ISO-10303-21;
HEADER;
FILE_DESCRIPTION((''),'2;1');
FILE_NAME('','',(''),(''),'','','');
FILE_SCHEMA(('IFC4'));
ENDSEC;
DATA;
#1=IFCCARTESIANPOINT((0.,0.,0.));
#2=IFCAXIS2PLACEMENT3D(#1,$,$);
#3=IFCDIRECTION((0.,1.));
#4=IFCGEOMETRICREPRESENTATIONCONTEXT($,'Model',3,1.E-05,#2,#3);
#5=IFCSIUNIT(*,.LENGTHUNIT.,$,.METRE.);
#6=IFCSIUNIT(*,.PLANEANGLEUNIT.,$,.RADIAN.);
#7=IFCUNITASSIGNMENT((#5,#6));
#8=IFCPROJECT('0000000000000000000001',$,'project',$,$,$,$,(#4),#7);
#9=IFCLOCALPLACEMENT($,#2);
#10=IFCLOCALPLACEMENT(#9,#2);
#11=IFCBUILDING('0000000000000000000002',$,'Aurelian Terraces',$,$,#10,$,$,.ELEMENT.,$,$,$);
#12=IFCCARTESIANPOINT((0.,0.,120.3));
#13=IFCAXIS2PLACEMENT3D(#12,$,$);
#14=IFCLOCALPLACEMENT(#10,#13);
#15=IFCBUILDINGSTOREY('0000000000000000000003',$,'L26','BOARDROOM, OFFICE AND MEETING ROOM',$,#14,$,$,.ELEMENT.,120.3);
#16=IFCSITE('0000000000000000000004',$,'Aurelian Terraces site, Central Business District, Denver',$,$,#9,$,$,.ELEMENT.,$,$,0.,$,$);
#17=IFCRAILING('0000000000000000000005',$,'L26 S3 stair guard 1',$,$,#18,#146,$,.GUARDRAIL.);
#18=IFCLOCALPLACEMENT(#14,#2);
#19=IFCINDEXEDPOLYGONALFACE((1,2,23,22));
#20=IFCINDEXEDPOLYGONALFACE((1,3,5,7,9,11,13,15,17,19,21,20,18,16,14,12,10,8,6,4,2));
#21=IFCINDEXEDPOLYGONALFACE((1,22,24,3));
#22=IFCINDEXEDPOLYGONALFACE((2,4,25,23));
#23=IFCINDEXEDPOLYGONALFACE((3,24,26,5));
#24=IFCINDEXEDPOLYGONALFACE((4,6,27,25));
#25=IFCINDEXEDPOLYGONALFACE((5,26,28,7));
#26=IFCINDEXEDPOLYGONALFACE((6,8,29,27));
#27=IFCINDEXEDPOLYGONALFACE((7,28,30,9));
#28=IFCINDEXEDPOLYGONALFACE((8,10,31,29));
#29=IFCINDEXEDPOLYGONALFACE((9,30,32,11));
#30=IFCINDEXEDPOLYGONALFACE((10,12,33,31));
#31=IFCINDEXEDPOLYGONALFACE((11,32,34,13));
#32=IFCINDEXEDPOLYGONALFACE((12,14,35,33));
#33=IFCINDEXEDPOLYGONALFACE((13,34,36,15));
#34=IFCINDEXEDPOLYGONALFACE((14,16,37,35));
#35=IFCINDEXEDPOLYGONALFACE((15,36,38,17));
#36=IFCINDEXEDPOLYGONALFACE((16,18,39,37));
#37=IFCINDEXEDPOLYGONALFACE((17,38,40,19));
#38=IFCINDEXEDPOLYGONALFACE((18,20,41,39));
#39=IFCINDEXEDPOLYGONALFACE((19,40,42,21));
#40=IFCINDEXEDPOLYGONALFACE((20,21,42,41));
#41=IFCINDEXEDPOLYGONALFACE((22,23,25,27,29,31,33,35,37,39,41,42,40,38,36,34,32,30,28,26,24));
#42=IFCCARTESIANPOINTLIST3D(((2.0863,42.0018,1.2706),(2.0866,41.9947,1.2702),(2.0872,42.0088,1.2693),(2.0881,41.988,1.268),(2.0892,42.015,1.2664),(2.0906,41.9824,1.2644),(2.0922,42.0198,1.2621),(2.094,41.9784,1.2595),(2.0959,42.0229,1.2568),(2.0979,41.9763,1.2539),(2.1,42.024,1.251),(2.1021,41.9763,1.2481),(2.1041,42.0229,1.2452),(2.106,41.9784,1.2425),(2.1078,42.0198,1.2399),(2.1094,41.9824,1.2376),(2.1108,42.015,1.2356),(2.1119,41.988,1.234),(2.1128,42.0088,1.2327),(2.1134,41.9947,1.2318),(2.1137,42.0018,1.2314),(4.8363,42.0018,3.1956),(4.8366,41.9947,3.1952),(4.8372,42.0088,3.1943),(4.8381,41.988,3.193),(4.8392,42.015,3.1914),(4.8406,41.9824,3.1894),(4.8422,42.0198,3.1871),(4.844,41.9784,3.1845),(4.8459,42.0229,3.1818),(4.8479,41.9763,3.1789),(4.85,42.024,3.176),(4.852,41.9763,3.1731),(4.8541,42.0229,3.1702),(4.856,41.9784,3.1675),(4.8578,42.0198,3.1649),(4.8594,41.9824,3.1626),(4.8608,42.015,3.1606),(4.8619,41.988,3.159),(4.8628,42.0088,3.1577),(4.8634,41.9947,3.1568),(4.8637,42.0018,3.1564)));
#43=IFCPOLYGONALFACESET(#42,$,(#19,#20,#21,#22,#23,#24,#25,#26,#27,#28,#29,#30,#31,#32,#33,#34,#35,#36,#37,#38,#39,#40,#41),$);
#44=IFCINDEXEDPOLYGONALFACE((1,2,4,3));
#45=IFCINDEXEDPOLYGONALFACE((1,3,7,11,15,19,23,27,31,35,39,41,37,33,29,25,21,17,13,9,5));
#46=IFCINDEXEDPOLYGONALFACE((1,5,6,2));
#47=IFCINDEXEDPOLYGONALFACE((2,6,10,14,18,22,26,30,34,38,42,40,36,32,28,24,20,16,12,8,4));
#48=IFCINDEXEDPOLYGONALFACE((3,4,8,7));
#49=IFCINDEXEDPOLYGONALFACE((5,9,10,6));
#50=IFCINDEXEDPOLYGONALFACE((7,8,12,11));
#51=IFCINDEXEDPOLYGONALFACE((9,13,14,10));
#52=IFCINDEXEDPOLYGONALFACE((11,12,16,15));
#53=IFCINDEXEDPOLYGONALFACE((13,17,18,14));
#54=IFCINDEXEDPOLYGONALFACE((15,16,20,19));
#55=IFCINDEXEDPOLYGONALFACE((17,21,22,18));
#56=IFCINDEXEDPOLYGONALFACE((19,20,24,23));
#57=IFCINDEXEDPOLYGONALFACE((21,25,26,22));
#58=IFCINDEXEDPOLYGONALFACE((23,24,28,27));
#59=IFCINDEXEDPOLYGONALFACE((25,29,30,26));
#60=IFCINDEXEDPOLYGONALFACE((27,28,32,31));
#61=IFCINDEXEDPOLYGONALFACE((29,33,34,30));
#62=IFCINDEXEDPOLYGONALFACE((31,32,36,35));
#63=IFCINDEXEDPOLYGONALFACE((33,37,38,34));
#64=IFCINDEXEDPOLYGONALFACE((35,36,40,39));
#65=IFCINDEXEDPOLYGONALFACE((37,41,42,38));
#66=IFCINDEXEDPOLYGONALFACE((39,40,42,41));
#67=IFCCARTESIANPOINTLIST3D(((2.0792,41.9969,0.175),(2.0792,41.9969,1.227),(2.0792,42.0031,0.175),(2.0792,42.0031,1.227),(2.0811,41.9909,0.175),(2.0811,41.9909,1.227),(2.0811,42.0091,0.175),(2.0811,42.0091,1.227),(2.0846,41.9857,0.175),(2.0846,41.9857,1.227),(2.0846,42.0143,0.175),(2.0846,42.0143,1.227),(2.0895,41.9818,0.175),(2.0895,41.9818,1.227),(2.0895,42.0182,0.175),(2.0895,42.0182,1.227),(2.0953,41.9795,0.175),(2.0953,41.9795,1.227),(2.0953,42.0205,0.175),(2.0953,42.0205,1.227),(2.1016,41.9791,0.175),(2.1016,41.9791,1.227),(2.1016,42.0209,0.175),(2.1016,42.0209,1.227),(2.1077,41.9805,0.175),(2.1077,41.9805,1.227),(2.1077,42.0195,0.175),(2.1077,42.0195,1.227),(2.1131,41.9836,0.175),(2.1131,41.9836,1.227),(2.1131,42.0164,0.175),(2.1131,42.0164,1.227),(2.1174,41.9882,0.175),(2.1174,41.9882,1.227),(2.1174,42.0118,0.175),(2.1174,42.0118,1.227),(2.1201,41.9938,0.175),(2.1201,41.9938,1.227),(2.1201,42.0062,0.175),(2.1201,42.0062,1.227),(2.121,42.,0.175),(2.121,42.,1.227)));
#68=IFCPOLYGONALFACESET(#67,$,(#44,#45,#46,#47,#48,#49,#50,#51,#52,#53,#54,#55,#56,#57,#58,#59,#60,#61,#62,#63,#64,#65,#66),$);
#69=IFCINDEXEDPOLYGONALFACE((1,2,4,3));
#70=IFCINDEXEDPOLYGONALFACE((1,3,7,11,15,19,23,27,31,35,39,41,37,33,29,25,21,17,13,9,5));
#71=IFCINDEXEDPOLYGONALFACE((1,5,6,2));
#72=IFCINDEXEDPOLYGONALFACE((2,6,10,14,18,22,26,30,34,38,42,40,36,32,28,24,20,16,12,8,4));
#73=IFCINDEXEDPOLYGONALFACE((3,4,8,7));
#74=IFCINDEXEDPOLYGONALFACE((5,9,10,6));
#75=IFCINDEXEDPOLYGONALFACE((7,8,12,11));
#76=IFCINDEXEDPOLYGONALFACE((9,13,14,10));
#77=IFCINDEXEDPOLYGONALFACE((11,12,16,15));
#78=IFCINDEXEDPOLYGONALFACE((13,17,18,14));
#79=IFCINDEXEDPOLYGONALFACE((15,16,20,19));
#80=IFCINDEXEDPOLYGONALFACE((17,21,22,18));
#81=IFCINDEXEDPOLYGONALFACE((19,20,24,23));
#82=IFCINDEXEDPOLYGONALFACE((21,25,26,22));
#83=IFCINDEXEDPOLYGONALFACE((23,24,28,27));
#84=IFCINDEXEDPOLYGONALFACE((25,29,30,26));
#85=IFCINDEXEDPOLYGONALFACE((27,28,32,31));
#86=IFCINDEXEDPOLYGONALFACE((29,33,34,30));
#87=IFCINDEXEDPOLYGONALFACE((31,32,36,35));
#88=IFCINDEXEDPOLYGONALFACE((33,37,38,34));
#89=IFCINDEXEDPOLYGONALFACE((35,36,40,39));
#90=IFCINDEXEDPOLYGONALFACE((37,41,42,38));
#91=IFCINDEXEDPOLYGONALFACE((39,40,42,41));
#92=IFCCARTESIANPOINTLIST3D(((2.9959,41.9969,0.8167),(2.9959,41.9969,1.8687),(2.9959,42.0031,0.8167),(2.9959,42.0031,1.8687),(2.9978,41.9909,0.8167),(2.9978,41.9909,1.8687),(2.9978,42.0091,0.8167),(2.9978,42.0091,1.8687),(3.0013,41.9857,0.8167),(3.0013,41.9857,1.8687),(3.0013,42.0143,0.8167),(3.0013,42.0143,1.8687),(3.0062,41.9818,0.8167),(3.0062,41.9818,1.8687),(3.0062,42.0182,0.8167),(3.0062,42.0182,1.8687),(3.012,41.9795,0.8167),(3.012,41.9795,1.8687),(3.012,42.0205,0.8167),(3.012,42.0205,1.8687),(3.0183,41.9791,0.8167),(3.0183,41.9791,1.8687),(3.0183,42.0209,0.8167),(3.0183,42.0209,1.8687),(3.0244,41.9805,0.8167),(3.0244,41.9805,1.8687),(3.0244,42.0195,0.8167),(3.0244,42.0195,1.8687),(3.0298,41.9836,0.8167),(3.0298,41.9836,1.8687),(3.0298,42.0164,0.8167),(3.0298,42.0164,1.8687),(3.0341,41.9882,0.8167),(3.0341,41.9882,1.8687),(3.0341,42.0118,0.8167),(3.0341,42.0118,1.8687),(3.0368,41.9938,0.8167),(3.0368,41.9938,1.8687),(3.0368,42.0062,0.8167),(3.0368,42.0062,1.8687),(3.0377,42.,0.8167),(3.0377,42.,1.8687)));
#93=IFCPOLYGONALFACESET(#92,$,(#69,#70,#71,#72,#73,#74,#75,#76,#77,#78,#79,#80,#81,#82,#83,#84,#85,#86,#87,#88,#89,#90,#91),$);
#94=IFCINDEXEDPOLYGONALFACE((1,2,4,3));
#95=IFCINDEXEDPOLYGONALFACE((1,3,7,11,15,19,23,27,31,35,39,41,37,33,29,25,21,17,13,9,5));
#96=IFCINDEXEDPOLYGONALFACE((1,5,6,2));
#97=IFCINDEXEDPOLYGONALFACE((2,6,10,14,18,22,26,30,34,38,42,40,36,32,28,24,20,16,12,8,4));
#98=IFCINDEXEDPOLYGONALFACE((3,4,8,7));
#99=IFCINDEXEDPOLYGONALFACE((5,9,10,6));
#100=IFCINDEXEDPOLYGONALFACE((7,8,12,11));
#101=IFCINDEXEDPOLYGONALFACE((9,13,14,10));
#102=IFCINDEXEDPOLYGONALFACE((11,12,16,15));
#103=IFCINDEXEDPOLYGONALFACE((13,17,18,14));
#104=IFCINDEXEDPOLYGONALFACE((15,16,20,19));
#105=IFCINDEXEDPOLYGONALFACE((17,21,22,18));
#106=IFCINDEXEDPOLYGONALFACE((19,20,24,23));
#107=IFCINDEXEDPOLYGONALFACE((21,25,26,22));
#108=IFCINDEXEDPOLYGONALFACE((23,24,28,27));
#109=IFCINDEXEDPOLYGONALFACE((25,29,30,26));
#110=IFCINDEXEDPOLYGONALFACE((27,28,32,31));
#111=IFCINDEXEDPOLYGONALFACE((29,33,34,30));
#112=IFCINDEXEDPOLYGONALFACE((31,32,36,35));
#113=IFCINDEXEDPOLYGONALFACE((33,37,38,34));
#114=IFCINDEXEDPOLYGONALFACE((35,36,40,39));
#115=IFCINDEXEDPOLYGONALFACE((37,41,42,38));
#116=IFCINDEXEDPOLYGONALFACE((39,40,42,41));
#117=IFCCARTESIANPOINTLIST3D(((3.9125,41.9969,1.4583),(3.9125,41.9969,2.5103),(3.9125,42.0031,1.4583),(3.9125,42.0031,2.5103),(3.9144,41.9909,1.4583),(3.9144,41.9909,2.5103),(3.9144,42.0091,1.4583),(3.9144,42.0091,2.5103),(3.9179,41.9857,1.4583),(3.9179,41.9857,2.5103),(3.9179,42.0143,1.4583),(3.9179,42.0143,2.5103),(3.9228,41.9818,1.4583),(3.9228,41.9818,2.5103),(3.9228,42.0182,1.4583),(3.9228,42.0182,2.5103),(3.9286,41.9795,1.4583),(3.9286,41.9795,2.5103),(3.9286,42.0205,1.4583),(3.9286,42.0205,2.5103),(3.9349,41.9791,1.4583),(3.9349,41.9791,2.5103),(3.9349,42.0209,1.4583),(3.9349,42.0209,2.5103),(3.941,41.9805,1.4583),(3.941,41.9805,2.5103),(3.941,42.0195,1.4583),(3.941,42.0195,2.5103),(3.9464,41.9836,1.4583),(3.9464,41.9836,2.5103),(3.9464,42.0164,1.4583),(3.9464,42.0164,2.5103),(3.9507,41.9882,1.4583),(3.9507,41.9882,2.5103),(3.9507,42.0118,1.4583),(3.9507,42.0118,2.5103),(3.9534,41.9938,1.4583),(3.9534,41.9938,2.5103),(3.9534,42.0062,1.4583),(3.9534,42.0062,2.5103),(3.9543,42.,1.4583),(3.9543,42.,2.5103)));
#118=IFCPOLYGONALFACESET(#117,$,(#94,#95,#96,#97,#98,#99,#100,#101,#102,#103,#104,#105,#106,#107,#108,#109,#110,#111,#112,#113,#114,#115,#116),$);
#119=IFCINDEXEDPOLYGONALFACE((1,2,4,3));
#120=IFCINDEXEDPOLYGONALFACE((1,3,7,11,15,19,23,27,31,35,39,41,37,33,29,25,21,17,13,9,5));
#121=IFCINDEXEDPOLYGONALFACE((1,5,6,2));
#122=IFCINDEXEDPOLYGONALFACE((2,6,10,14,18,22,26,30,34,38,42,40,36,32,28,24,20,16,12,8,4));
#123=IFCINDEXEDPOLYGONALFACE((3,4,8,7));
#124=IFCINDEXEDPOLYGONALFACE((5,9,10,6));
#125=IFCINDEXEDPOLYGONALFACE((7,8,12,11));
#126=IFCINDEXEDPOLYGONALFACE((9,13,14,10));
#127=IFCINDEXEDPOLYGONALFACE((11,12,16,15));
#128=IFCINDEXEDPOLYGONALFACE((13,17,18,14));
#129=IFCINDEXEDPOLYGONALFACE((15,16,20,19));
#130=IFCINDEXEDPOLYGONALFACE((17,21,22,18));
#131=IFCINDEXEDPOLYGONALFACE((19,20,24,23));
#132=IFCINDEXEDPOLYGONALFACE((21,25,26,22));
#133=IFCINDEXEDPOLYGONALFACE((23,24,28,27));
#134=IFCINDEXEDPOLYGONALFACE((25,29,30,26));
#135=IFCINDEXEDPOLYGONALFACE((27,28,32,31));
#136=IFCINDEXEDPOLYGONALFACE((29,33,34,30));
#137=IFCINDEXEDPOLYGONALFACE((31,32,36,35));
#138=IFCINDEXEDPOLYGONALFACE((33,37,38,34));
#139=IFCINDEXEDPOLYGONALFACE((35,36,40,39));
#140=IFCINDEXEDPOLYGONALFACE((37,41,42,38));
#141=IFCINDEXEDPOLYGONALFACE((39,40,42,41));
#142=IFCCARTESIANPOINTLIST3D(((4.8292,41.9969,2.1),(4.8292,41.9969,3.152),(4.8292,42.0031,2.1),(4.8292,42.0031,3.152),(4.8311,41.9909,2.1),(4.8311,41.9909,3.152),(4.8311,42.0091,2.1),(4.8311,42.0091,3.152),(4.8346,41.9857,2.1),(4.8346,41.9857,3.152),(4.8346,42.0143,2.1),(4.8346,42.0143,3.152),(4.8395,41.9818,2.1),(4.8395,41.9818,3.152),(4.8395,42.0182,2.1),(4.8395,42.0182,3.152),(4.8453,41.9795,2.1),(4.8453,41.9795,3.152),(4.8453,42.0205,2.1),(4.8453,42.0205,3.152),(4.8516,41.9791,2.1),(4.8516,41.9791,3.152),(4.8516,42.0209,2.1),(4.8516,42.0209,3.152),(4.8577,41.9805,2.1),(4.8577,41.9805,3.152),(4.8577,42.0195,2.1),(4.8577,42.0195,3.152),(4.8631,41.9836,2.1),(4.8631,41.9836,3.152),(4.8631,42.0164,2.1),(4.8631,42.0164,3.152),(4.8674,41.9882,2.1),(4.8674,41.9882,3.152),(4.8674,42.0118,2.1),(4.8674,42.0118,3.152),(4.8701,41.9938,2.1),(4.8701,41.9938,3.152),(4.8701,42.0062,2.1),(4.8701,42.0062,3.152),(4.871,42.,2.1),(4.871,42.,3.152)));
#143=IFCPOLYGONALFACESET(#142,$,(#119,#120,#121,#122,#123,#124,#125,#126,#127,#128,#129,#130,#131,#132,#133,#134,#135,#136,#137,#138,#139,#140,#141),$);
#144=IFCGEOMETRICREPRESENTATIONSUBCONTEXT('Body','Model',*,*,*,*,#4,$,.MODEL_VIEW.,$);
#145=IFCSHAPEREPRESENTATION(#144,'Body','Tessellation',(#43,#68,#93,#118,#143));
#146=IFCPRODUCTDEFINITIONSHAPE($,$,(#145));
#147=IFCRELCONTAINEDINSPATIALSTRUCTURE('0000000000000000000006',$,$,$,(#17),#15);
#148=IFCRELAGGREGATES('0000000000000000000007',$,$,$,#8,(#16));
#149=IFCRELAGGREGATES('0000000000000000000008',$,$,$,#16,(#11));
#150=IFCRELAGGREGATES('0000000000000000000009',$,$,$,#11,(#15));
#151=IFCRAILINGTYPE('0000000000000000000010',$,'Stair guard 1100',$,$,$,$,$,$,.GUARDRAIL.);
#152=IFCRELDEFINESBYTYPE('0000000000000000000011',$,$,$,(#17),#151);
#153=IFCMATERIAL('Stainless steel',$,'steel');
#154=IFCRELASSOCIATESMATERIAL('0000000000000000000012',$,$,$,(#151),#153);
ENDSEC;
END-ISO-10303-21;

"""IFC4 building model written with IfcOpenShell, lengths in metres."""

from ifc_helpers import new_model, si_unit, direction, frame, origin, origin_2d, place, context, subcontext, project, spatial, circle, extrude, source, transform, mapped, material, type_object, element, save


model = new_model("IFC4")

# Units and contexts
model_context = context("Model", 3, precision=1e-05, world=origin(), true_north=direction((0.0, 1.0)))
body_context = subcontext(model_context, "Body", "Model", "MODEL_VIEW")
ifc_project = project(units=[si_unit("LENGTHUNIT", "METRE"), si_unit("PLANEANGLEUNIT", "RADIAN")], contexts=[model_context])

# Site, building, storey
site_placement = place(None, origin())
site = spatial("IfcSite", under=ifc_project, at=site_placement, Name="Aurelian Terraces site, Central Business District, Denver", CompositionType="ELEMENT", RefElevation=0.0)
building_placement = place(site_placement, origin())
building = spatial("IfcBuilding", under=site, at=building_placement, Name="Aurelian Terraces", CompositionType="ELEMENT")
storey_placement = place(building_placement, frame((0.0, 0.0, 120.3)))
storey = spatial("IfcBuildingStorey", under=building, at=storey_placement, Name="L26", Description="BOARDROOM, OFFICE AND MEETING ROOM", CompositionType="ELEMENT", Elevation=120.3)

# Railing
ifc_material_1 = material(Name="Stainless steel", Category="steel")
railing_type_1 = type_object("IfcRailingType", Name="Stair guard 1100", PredefinedType="GUARDRAIL", material=ifc_material_1)
shared_shape_1 = source(origin(), body_context, "Body", "SweptSolid", [
    extrude(circle(Radius=0.024, at=origin_2d()), frame((0.0, 0.0, 1.076), z_axis=(0.819232, 0.0, 0.573462), x_axis=(0.0, 1.0, 0.0)), (0.0, 0.0, 1.0), 3.3568),
    extrude(circle(Radius=0.021, at=origin_2d()), origin(), (0.0, 0.0, 1.0), 1.052),
    extrude(circle(Radius=0.021, at=origin_2d()), frame((0.9167, 0.0, 0.6417)), (0.0, 0.0, 1.0), 1.052),
    extrude(circle(Radius=0.021, at=origin_2d()), frame((1.8333, 0.0, 1.2833)), (0.0, 0.0, 1.0), 1.052),
    extrude(circle(Radius=0.021, at=origin_2d()), frame((2.75, 0.0, 1.925)), (0.0, 0.0, 1.0), 1.052),
])
railing_1_placement = place(storey_placement, frame((2.1, 42.0, 0.175)))
element("IfcRailing", 1, at=railing_1_placement, inside=storey, type_object=railing_type_1, Name="L26 S3 stair guard 1", PredefinedType="GUARDRAIL", context=body_context, shape_type="MappedRepresentation", body=[
    mapped(shared_shape_1, transform((0.0, 0.0, 0.0), scale=1.0)),
])

save(model, "model.ifc")
